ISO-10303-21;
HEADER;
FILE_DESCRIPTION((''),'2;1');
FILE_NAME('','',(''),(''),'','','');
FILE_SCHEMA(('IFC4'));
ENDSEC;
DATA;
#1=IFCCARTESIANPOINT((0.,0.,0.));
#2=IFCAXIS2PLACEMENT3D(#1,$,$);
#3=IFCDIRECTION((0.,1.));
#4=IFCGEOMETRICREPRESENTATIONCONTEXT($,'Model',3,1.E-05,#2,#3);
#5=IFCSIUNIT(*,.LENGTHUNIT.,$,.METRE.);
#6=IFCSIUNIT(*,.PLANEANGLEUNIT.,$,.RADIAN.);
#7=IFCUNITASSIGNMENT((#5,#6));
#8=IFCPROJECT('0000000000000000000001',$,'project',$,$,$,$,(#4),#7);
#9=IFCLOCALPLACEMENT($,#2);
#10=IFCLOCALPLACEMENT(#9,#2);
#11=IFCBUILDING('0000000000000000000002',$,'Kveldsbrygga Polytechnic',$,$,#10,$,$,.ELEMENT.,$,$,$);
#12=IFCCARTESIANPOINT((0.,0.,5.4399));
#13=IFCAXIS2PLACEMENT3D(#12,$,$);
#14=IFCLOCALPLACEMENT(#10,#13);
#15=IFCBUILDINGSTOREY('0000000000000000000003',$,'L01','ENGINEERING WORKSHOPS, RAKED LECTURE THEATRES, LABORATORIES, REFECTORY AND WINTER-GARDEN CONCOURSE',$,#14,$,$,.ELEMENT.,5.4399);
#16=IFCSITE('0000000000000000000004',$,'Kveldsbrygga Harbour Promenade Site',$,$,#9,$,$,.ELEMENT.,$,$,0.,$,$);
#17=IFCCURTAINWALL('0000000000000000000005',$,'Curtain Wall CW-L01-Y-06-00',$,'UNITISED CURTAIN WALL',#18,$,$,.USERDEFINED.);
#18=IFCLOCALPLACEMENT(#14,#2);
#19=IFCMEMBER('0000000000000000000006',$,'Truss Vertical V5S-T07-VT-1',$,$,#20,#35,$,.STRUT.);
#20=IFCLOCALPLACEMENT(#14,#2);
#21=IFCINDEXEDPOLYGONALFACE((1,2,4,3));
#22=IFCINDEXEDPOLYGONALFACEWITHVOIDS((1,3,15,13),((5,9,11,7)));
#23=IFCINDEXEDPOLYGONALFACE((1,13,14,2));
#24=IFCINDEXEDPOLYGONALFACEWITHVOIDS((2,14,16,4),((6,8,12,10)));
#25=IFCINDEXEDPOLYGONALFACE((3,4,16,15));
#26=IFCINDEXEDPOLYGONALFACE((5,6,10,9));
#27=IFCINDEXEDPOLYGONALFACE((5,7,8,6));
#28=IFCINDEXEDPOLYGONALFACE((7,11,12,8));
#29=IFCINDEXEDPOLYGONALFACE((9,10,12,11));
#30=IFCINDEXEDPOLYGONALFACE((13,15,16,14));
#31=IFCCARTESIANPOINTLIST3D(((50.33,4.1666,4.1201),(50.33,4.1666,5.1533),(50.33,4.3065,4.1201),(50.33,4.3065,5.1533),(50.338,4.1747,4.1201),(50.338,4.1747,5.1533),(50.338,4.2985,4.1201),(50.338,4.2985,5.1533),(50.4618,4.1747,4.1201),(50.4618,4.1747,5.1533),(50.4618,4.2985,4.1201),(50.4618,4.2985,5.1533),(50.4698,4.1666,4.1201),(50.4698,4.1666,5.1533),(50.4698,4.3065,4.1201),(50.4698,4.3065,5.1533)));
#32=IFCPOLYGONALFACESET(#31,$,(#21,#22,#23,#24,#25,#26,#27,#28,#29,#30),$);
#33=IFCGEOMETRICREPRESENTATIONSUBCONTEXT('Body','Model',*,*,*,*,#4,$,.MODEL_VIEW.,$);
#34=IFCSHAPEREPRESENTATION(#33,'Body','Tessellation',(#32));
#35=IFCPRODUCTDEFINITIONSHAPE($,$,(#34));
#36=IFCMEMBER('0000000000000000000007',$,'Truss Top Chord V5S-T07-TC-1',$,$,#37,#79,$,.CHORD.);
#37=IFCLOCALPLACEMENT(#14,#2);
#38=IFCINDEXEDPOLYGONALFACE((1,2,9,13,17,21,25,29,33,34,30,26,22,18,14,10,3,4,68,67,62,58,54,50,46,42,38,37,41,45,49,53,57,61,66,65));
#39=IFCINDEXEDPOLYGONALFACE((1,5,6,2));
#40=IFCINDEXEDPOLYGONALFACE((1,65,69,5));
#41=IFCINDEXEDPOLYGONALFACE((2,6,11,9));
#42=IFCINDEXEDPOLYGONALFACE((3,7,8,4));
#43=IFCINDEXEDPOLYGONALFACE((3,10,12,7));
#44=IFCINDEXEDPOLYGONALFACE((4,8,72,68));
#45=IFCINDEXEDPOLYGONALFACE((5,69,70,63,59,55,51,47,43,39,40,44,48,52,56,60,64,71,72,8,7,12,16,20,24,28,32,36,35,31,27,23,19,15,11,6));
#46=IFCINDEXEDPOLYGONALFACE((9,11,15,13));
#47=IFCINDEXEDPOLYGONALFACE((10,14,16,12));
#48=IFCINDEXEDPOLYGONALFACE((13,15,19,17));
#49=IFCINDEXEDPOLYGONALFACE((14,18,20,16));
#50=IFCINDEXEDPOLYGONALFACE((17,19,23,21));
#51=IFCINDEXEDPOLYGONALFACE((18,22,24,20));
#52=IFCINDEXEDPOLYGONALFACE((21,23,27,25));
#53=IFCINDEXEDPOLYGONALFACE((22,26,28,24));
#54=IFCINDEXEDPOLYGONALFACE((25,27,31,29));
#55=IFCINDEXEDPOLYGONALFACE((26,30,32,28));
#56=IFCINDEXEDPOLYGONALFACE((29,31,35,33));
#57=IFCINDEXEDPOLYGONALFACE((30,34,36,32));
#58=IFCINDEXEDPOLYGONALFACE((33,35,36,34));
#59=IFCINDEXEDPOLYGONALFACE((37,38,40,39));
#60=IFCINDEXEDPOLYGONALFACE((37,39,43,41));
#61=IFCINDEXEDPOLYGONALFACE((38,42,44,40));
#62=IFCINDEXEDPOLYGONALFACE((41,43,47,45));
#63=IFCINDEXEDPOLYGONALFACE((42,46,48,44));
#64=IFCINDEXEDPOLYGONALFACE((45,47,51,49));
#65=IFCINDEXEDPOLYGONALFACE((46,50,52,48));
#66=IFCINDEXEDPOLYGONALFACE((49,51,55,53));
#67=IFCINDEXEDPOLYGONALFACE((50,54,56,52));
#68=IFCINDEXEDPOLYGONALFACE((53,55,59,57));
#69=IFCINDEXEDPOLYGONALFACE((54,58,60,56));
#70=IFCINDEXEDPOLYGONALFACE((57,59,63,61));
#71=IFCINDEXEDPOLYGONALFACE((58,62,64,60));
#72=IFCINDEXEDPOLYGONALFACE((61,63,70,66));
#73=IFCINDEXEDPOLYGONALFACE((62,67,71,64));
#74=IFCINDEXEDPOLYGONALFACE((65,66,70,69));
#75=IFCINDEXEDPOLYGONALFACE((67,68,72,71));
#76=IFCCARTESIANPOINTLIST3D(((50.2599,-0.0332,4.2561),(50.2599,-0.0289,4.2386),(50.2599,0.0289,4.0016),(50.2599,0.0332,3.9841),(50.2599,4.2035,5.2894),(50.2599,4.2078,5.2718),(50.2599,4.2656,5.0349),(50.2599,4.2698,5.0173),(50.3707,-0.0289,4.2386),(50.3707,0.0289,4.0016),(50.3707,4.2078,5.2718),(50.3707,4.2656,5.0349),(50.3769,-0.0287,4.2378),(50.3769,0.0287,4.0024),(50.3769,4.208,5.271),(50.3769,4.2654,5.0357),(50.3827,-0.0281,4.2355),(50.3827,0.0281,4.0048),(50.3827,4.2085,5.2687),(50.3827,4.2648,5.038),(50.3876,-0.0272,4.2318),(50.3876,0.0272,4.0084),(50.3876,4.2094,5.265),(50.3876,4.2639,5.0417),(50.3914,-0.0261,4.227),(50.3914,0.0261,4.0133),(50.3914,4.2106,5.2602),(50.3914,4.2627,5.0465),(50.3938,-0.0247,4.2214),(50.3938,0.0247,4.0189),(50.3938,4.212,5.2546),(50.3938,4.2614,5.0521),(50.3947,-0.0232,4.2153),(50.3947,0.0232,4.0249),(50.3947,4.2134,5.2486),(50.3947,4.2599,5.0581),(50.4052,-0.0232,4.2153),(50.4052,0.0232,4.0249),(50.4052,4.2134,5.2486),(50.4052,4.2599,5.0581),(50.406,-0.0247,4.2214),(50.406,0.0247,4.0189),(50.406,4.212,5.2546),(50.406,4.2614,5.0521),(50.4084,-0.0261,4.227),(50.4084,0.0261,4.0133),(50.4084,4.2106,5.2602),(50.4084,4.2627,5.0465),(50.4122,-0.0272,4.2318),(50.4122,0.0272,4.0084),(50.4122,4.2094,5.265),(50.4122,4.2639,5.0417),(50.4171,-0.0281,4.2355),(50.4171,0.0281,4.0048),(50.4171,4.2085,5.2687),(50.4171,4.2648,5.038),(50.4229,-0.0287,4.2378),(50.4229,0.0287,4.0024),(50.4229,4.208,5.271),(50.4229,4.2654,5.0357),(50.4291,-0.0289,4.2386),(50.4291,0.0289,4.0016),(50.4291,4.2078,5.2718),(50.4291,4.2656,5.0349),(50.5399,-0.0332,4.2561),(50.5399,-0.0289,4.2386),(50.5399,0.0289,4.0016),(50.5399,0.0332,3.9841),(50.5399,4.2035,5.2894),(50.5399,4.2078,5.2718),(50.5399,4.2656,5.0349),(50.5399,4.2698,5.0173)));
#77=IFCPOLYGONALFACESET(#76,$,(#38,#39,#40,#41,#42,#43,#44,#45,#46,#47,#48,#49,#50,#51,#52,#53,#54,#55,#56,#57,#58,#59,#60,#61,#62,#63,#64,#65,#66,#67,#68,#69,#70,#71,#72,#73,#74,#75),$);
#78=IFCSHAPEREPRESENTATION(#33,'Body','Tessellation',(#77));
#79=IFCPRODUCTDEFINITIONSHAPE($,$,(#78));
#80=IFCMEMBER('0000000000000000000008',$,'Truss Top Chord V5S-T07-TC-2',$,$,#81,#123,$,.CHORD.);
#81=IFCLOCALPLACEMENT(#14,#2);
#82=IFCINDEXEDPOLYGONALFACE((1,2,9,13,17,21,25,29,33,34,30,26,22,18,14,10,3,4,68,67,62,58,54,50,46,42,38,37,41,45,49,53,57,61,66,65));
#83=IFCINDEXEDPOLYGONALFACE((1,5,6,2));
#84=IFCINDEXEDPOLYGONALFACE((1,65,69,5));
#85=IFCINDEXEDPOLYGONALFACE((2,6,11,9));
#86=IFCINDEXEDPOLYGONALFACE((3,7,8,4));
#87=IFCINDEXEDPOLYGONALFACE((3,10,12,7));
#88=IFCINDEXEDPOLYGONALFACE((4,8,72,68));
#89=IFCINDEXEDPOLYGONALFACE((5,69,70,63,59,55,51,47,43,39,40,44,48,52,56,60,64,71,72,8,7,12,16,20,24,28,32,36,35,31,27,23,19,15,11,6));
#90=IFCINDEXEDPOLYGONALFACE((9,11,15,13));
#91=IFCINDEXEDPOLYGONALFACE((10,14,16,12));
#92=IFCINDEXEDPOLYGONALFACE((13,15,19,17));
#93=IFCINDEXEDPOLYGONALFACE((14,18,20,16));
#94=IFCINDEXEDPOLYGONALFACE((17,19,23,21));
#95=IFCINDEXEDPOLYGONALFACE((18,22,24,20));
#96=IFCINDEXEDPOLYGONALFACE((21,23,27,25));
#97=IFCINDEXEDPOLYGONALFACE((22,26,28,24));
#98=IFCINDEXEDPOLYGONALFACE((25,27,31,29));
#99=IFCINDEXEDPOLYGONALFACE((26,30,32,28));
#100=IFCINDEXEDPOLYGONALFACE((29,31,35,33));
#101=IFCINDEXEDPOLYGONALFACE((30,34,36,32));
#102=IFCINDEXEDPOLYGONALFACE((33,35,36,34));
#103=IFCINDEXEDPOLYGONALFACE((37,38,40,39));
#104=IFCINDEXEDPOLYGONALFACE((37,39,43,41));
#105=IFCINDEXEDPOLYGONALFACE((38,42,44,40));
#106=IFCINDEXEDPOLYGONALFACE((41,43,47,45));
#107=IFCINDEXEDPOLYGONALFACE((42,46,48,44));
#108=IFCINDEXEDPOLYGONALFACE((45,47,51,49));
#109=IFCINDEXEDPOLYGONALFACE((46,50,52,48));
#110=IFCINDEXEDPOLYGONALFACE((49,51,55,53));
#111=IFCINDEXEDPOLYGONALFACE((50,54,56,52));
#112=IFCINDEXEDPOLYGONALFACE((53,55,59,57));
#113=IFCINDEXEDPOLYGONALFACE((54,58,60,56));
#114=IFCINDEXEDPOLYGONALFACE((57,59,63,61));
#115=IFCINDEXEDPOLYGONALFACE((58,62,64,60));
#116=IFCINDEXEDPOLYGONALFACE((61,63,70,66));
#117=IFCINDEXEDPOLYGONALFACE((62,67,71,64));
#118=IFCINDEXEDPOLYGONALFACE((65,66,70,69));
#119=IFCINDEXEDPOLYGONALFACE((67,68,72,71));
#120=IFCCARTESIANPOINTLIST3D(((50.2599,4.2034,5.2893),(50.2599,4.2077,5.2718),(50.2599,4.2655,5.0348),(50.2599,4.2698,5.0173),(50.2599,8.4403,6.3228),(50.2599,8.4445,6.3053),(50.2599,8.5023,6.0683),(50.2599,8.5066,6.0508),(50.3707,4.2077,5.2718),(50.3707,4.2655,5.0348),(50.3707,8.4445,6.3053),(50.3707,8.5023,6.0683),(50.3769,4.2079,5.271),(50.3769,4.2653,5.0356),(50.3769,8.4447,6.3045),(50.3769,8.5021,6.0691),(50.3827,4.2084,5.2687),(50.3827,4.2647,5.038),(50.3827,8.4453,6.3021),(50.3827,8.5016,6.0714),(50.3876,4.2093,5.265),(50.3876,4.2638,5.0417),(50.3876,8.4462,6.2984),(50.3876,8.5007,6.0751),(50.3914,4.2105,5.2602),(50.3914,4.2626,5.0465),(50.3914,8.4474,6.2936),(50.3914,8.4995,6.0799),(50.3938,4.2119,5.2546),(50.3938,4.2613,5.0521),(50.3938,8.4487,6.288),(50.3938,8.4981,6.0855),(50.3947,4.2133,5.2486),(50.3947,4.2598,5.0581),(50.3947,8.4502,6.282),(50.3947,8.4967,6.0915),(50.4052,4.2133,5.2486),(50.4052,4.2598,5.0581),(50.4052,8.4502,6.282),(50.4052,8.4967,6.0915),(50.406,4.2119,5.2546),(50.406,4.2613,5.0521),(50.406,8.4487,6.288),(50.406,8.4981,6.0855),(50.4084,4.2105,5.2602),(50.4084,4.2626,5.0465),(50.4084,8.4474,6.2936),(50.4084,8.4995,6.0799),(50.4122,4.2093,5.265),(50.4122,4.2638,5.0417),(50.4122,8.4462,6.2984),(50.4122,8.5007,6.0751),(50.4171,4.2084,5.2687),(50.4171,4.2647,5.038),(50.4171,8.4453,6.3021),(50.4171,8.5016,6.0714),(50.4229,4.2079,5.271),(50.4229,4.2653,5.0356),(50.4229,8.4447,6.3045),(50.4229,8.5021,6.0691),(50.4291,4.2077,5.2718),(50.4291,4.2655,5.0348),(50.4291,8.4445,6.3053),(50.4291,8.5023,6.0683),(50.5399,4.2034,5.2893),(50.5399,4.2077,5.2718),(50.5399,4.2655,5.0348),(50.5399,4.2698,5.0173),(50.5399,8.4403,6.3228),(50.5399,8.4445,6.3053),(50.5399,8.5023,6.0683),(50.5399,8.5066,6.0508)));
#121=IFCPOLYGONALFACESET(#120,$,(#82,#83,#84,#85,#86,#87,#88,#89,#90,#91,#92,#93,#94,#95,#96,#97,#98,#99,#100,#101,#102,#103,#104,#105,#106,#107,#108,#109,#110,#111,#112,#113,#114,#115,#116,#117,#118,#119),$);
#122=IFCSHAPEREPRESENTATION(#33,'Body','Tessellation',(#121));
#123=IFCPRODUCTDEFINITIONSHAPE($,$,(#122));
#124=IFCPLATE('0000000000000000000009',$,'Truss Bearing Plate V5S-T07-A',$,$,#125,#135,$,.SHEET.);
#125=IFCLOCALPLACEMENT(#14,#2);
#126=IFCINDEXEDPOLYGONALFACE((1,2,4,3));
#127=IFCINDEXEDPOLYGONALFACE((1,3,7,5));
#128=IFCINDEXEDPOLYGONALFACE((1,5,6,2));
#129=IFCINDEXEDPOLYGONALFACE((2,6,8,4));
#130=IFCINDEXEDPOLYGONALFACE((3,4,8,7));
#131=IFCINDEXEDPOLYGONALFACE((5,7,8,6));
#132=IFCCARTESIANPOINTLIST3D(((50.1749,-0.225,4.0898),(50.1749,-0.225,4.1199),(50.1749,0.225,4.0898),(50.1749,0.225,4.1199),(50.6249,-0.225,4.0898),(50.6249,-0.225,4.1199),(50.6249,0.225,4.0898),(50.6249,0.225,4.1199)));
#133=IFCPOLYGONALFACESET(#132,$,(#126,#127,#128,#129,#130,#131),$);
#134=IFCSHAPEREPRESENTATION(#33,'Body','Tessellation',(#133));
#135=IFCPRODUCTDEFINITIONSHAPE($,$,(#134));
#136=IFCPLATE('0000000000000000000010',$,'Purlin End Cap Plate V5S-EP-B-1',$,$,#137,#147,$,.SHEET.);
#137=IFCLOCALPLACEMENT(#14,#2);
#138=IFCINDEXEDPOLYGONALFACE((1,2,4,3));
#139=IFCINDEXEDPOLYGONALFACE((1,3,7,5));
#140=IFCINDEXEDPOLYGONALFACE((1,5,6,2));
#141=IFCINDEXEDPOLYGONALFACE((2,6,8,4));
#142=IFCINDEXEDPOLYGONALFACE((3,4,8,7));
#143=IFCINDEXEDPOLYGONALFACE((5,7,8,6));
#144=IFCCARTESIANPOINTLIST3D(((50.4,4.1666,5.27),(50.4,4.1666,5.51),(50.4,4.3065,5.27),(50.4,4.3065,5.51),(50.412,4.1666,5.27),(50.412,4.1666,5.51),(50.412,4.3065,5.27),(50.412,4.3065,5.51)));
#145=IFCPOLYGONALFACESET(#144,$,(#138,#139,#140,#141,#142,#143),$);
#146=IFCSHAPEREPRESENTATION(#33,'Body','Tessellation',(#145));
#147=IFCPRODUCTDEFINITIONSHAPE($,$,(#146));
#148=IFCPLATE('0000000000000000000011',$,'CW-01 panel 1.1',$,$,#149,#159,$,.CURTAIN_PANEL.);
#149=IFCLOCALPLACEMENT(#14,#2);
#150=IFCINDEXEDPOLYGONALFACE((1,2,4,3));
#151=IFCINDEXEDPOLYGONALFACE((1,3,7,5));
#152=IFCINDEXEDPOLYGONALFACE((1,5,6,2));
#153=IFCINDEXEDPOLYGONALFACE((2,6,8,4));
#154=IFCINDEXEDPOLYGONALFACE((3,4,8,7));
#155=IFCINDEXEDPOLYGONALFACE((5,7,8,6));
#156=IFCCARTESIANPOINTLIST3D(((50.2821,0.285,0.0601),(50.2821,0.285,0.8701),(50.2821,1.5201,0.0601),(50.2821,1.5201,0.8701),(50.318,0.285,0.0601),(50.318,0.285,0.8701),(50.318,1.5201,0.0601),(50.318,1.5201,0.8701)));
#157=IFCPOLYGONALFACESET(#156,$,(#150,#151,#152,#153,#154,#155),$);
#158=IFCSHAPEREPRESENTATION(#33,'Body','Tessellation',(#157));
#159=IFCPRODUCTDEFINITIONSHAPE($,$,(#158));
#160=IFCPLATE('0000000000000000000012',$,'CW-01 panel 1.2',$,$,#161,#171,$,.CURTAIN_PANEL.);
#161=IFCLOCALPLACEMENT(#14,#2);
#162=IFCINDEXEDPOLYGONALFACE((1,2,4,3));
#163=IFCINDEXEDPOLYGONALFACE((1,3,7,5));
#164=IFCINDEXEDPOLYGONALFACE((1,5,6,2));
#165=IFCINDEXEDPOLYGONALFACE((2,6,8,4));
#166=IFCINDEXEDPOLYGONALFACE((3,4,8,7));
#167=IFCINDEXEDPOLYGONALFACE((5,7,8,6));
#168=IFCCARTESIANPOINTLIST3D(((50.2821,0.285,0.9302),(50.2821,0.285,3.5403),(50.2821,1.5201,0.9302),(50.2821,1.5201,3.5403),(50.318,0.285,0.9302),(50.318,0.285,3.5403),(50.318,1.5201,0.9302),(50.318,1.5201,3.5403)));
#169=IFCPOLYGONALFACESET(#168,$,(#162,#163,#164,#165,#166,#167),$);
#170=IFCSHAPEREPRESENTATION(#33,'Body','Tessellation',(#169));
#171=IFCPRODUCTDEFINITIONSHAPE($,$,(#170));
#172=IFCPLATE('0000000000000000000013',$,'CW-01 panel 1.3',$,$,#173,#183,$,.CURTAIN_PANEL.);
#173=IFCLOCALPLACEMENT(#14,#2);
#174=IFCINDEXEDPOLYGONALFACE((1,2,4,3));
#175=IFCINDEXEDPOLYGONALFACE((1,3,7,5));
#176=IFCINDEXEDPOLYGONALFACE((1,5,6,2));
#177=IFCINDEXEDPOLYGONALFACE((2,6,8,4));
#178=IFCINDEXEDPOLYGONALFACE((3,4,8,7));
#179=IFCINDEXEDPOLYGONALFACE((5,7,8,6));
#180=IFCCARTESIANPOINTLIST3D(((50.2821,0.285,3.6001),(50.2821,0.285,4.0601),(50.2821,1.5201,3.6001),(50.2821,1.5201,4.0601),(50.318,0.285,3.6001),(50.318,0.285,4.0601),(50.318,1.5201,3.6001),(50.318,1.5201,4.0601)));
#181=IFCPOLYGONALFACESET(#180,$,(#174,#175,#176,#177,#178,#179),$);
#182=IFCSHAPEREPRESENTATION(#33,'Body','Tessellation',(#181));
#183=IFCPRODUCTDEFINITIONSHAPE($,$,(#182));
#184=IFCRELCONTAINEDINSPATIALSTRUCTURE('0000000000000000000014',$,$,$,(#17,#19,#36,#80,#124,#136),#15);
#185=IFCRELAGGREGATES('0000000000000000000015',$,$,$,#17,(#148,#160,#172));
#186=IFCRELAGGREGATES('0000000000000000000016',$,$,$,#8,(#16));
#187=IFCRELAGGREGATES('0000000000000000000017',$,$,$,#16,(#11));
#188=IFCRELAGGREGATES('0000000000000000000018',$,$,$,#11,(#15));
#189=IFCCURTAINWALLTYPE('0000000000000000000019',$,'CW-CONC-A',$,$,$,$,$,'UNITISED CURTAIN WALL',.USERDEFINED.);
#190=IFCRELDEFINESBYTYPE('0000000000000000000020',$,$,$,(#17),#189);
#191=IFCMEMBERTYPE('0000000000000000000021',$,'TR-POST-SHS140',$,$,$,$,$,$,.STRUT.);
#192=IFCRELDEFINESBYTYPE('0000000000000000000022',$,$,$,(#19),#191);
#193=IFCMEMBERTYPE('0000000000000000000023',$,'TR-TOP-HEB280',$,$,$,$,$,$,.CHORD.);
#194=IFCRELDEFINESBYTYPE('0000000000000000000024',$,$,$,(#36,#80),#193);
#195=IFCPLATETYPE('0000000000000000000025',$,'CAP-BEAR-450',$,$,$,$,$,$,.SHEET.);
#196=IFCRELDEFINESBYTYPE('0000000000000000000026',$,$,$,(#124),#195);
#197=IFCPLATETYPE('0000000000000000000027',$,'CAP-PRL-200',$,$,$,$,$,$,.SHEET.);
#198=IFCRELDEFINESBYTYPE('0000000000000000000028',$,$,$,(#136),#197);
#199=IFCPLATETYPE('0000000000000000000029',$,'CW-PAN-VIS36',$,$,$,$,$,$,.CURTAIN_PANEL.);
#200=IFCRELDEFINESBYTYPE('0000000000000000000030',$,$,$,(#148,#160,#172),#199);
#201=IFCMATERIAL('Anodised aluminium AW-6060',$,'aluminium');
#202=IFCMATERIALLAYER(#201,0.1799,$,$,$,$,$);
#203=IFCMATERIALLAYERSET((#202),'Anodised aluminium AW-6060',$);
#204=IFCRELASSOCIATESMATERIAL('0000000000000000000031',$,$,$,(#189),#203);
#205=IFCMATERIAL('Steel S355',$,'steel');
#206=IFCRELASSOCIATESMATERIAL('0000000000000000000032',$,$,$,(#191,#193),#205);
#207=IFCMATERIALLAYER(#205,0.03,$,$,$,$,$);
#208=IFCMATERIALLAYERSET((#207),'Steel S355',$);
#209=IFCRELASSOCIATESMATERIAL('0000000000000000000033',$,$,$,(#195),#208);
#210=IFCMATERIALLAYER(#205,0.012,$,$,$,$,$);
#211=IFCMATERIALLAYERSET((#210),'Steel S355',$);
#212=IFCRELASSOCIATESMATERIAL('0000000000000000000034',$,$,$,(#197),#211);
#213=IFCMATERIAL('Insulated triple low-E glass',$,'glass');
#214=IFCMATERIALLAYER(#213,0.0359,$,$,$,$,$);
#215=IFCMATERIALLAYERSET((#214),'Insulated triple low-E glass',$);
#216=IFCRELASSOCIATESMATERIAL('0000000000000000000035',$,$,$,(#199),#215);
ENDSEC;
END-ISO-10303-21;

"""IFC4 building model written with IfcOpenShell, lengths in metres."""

from ifc_helpers import new_model, si_unit, direction, frame, origin, origin_2d, place, context, subcontext, project, spatial, rectangle, hollow_rectangle, i_section, extrude, material, layer, layer_set, material_profile, profile_set, type_object, element, aggregate, save


model = new_model("IFC4")

# Units and contexts
model_context = context("Model", 3, precision=1e-05, world=origin(), true_north=direction((0.0, 1.0)))
body_context = subcontext(model_context, "Body", "Model", "MODEL_VIEW")
ifc_project = project(units=[si_unit("LENGTHUNIT", "METRE"), si_unit("PLANEANGLEUNIT", "RADIAN")], contexts=[model_context])

# Site, building, storey
site_placement = place(None, origin())
site = spatial("IfcSite", under=ifc_project, at=site_placement, Name="Kveldsbrygga Harbour Promenade Site", CompositionType="ELEMENT", RefElevation=0.0)
building_placement = place(site_placement, origin())
building = spatial("IfcBuilding", under=site, at=building_placement, Name="Kveldsbrygga Polytechnic", CompositionType="ELEMENT")
storey_placement = place(building_placement, frame((0.0, 0.0, 5.4399)))
storey = spatial("IfcBuildingStorey", under=building, at=storey_placement, Name="L01", Description="ENGINEERING WORKSHOPS, RAKED LECTURE THEATRES, LABORATORIES, REFECTORY AND WINTER-GARDEN CONCOURSE", CompositionType="ELEMENT", Elevation=5.4399)

# Curtain wall
ifc_material_1 = material(Name="Anodised aluminium AW-6060", Category="aluminium")
ifc_layer_1 = layer(ifc_material_1, 0.1799)
ifc_layer_set_1 = layer_set([ifc_layer_1], Name="Anodised aluminium AW-6060")
curtain_wall_type = type_object("IfcCurtainWallType", Name="CW-CONC-A", ElementType="UNITISED CURTAIN WALL", PredefinedType="USERDEFINED", material=ifc_layer_set_1)
curtain_wall_placement = place(storey_placement, origin())
curtain_wall = element("IfcCurtainWall", 1, at=curtain_wall_placement, inside=storey, type_object=curtain_wall_type, Name="Curtain Wall CW-L01-Y-06-00", ObjectType="UNITISED CURTAIN WALL", PredefinedType="USERDEFINED")

# Members
ifc_material_2 = material(Name="Steel S355", Category="steel")
ifc_material_profile_1 = material_profile(ifc_material_2, hollow_rectangle(XDim=0.1399, YDim=0.1399, WallThickness=0.0081, at=origin_2d()), Name="SHS 140x140x8.0")
ifc_profile_set_1 = profile_set([ifc_material_profile_1], Name="Steel S355")
member_type_1 = type_object("IfcMemberType", Name="TR-POST-SHS140", PredefinedType="STRUT", material=ifc_profile_set_1)
member_1_placement = place(storey_placement, frame((50.3999, 4.2366, 4.1201), z_axis=(0.0, 0.0, 1.0), x_axis=(1.0, 0.0, 0.0)))
element("IfcMember", 2, at=member_1_placement, inside=storey, type_object=member_type_1, Name="Truss Vertical V5S-T07-VT-1", PredefinedType="STRUT", context=body_context, shape_type="SweptSolid", body=[
    extrude(hollow_rectangle(XDim=0.1399, YDim=0.1399, WallThickness=0.0081, at=origin_2d()), origin(), (0.0, 0.0, 1.0), 1.0332),
])
ifc_material_profile_2 = material_profile(ifc_material_2, i_section(OverallWidth=0.28, OverallDepth=0.28, WebThickness=0.0105, FlangeThickness=0.0181, FilletRadius=0.0239, at=origin_2d()), Name="HEB 280")
ifc_profile_set_2 = profile_set([ifc_material_profile_2], Name="Steel S355")
member_type_2 = type_object("IfcMemberType", Name="TR-TOP-HEB280", PredefinedType="CHORD", material=ifc_profile_set_2)
member_2_placement = place(storey_placement, frame((50.3999, 0.0, 4.1201), z_axis=(0.0, 0.971526, 0.236933), x_axis=(-1.0, 0.0, 0.0)))
element("IfcMember", 3, at=member_2_placement, inside=storey, type_object=member_type_2, Name="Truss Top Chord V5S-T07-TC-1", PredefinedType="CHORD", context=body_context, shape_type="SweptSolid", body=[
    extrude(i_section(OverallWidth=0.28, OverallDepth=0.28, WebThickness=0.0105, FlangeThickness=0.0181, FilletRadius=0.0239, at=origin_2d()), origin(), (0.0, 0.0, 1.0), 4.3608),
])
member_3_placement = place(storey_placement, frame((50.3999, 4.2366, 5.1533), z_axis=(0.0, 0.971516, 0.236973), x_axis=(-1.0, 0.0, 0.0)))
element("IfcMember", 4, at=member_3_placement, inside=storey, type_object=member_type_2, Name="Truss Top Chord V5S-T07-TC-2", PredefinedType="CHORD", context=body_context, shape_type="SweptSolid", body=[
    extrude(i_section(OverallWidth=0.28, OverallDepth=0.28, WebThickness=0.0105, FlangeThickness=0.0181, FilletRadius=0.0239, at=origin_2d()), origin(), (0.0, 0.0, 1.0), 4.3611),
])

# Plates
ifc_layer_2 = layer(ifc_material_2, 0.03)
ifc_layer_set_2 = layer_set([ifc_layer_2], Name="Steel S355")
plate_type_1 = type_object("IfcPlateType", Name="CAP-BEAR-450", PredefinedType="SHEET", material=ifc_layer_set_2)
plate_1_placement = place(storey_placement, frame((50.3999, 0.0, 4.0898), z_axis=(0.0, 0.0, 1.0), x_axis=(1.0, 0.0, 0.0)))
element("IfcPlate", 5, at=plate_1_placement, inside=storey, type_object=plate_type_1, Name="Truss Bearing Plate V5S-T07-A", PredefinedType="SHEET", context=body_context, shape_type="SweptSolid", body=[
    extrude(rectangle(XDim=0.45, YDim=0.45, at=origin_2d()), origin(), (0.0, 0.0, 1.0), 0.03),
])
ifc_layer_3 = layer(ifc_material_2, 0.012)
ifc_layer_set_3 = layer_set([ifc_layer_3], Name="Steel S355")
plate_type_2 = type_object("IfcPlateType", Name="CAP-PRL-200", PredefinedType="SHEET", material=ifc_layer_set_3)
plate_2_placement = place(storey_placement, frame((50.406, 4.2366, 5.27), z_axis=(0.0, 0.0, 1.0), x_axis=(1.0, 0.0, 0.0)))
element("IfcPlate", 6, at=plate_2_placement, inside=storey, type_object=plate_type_2, Name="Purlin End Cap Plate V5S-EP-B-1", PredefinedType="SHEET", context=body_context, shape_type="SweptSolid", body=[
    extrude(rectangle(XDim=0.012, YDim=0.1399, at=origin_2d()), origin(), (0.0, 0.0, 1.0), 0.24),
])

# Plates
ifc_material_3 = material(Name="Insulated triple low-E glass", Category="glass")
ifc_layer_4 = layer(ifc_material_3, 0.0359)
ifc_layer_set_4 = layer_set([ifc_layer_4], Name="Insulated triple low-E glass")
plate_type_3 = type_object("IfcPlateType", Name="CW-PAN-VIS36", PredefinedType="CURTAIN_PANEL", material=ifc_layer_set_4)
plate_3_placement = place(storey_placement, frame((50.3, 0.9026, 0.0601), z_axis=(0.0, 0.0, 1.0), x_axis=(0.0, 1.0, 0.0)))
plate_3 = element("IfcPlate", 7, at=plate_3_placement, type_object=plate_type_3, Name="CW-01 panel 1.1", PredefinedType="CURTAIN_PANEL", context=body_context, shape_type="SweptSolid", body=[
    extrude(rectangle(XDim=1.2351, YDim=0.0359, at=origin_2d()), origin(), (0.0, 0.0, 1.0), 0.8101),
])
plate_4_placement = place(storey_placement, frame((50.3, 0.9026, 0.9302), z_axis=(0.0, 0.0, 1.0), x_axis=(0.0, 1.0, 0.0)))
plate_4 = element("IfcPlate", 8, at=plate_4_placement, type_object=plate_type_3, Name="CW-01 panel 1.2", PredefinedType="CURTAIN_PANEL", context=body_context, shape_type="SweptSolid", body=[
    extrude(rectangle(XDim=1.2351, YDim=0.0359, at=origin_2d()), origin(), (0.0, 0.0, 1.0), 2.6101),
])
plate_5_placement = place(storey_placement, frame((50.3, 0.9026, 3.6001), z_axis=(0.0, 0.0, 1.0), x_axis=(0.0, 1.0, 0.0)))
plate_5 = element("IfcPlate", 9, at=plate_5_placement, type_object=plate_type_3, Name="CW-01 panel 1.3", PredefinedType="CURTAIN_PANEL", context=body_context, shape_type="SweptSolid", body=[
    extrude(rectangle(XDim=1.2351, YDim=0.0359, at=origin_2d()), origin(), (0.0, 0.0, 1.0), 0.46),
])
aggregate(curtain_wall, [plate_3, plate_4, plate_5])

save(model, "model.ifc")
